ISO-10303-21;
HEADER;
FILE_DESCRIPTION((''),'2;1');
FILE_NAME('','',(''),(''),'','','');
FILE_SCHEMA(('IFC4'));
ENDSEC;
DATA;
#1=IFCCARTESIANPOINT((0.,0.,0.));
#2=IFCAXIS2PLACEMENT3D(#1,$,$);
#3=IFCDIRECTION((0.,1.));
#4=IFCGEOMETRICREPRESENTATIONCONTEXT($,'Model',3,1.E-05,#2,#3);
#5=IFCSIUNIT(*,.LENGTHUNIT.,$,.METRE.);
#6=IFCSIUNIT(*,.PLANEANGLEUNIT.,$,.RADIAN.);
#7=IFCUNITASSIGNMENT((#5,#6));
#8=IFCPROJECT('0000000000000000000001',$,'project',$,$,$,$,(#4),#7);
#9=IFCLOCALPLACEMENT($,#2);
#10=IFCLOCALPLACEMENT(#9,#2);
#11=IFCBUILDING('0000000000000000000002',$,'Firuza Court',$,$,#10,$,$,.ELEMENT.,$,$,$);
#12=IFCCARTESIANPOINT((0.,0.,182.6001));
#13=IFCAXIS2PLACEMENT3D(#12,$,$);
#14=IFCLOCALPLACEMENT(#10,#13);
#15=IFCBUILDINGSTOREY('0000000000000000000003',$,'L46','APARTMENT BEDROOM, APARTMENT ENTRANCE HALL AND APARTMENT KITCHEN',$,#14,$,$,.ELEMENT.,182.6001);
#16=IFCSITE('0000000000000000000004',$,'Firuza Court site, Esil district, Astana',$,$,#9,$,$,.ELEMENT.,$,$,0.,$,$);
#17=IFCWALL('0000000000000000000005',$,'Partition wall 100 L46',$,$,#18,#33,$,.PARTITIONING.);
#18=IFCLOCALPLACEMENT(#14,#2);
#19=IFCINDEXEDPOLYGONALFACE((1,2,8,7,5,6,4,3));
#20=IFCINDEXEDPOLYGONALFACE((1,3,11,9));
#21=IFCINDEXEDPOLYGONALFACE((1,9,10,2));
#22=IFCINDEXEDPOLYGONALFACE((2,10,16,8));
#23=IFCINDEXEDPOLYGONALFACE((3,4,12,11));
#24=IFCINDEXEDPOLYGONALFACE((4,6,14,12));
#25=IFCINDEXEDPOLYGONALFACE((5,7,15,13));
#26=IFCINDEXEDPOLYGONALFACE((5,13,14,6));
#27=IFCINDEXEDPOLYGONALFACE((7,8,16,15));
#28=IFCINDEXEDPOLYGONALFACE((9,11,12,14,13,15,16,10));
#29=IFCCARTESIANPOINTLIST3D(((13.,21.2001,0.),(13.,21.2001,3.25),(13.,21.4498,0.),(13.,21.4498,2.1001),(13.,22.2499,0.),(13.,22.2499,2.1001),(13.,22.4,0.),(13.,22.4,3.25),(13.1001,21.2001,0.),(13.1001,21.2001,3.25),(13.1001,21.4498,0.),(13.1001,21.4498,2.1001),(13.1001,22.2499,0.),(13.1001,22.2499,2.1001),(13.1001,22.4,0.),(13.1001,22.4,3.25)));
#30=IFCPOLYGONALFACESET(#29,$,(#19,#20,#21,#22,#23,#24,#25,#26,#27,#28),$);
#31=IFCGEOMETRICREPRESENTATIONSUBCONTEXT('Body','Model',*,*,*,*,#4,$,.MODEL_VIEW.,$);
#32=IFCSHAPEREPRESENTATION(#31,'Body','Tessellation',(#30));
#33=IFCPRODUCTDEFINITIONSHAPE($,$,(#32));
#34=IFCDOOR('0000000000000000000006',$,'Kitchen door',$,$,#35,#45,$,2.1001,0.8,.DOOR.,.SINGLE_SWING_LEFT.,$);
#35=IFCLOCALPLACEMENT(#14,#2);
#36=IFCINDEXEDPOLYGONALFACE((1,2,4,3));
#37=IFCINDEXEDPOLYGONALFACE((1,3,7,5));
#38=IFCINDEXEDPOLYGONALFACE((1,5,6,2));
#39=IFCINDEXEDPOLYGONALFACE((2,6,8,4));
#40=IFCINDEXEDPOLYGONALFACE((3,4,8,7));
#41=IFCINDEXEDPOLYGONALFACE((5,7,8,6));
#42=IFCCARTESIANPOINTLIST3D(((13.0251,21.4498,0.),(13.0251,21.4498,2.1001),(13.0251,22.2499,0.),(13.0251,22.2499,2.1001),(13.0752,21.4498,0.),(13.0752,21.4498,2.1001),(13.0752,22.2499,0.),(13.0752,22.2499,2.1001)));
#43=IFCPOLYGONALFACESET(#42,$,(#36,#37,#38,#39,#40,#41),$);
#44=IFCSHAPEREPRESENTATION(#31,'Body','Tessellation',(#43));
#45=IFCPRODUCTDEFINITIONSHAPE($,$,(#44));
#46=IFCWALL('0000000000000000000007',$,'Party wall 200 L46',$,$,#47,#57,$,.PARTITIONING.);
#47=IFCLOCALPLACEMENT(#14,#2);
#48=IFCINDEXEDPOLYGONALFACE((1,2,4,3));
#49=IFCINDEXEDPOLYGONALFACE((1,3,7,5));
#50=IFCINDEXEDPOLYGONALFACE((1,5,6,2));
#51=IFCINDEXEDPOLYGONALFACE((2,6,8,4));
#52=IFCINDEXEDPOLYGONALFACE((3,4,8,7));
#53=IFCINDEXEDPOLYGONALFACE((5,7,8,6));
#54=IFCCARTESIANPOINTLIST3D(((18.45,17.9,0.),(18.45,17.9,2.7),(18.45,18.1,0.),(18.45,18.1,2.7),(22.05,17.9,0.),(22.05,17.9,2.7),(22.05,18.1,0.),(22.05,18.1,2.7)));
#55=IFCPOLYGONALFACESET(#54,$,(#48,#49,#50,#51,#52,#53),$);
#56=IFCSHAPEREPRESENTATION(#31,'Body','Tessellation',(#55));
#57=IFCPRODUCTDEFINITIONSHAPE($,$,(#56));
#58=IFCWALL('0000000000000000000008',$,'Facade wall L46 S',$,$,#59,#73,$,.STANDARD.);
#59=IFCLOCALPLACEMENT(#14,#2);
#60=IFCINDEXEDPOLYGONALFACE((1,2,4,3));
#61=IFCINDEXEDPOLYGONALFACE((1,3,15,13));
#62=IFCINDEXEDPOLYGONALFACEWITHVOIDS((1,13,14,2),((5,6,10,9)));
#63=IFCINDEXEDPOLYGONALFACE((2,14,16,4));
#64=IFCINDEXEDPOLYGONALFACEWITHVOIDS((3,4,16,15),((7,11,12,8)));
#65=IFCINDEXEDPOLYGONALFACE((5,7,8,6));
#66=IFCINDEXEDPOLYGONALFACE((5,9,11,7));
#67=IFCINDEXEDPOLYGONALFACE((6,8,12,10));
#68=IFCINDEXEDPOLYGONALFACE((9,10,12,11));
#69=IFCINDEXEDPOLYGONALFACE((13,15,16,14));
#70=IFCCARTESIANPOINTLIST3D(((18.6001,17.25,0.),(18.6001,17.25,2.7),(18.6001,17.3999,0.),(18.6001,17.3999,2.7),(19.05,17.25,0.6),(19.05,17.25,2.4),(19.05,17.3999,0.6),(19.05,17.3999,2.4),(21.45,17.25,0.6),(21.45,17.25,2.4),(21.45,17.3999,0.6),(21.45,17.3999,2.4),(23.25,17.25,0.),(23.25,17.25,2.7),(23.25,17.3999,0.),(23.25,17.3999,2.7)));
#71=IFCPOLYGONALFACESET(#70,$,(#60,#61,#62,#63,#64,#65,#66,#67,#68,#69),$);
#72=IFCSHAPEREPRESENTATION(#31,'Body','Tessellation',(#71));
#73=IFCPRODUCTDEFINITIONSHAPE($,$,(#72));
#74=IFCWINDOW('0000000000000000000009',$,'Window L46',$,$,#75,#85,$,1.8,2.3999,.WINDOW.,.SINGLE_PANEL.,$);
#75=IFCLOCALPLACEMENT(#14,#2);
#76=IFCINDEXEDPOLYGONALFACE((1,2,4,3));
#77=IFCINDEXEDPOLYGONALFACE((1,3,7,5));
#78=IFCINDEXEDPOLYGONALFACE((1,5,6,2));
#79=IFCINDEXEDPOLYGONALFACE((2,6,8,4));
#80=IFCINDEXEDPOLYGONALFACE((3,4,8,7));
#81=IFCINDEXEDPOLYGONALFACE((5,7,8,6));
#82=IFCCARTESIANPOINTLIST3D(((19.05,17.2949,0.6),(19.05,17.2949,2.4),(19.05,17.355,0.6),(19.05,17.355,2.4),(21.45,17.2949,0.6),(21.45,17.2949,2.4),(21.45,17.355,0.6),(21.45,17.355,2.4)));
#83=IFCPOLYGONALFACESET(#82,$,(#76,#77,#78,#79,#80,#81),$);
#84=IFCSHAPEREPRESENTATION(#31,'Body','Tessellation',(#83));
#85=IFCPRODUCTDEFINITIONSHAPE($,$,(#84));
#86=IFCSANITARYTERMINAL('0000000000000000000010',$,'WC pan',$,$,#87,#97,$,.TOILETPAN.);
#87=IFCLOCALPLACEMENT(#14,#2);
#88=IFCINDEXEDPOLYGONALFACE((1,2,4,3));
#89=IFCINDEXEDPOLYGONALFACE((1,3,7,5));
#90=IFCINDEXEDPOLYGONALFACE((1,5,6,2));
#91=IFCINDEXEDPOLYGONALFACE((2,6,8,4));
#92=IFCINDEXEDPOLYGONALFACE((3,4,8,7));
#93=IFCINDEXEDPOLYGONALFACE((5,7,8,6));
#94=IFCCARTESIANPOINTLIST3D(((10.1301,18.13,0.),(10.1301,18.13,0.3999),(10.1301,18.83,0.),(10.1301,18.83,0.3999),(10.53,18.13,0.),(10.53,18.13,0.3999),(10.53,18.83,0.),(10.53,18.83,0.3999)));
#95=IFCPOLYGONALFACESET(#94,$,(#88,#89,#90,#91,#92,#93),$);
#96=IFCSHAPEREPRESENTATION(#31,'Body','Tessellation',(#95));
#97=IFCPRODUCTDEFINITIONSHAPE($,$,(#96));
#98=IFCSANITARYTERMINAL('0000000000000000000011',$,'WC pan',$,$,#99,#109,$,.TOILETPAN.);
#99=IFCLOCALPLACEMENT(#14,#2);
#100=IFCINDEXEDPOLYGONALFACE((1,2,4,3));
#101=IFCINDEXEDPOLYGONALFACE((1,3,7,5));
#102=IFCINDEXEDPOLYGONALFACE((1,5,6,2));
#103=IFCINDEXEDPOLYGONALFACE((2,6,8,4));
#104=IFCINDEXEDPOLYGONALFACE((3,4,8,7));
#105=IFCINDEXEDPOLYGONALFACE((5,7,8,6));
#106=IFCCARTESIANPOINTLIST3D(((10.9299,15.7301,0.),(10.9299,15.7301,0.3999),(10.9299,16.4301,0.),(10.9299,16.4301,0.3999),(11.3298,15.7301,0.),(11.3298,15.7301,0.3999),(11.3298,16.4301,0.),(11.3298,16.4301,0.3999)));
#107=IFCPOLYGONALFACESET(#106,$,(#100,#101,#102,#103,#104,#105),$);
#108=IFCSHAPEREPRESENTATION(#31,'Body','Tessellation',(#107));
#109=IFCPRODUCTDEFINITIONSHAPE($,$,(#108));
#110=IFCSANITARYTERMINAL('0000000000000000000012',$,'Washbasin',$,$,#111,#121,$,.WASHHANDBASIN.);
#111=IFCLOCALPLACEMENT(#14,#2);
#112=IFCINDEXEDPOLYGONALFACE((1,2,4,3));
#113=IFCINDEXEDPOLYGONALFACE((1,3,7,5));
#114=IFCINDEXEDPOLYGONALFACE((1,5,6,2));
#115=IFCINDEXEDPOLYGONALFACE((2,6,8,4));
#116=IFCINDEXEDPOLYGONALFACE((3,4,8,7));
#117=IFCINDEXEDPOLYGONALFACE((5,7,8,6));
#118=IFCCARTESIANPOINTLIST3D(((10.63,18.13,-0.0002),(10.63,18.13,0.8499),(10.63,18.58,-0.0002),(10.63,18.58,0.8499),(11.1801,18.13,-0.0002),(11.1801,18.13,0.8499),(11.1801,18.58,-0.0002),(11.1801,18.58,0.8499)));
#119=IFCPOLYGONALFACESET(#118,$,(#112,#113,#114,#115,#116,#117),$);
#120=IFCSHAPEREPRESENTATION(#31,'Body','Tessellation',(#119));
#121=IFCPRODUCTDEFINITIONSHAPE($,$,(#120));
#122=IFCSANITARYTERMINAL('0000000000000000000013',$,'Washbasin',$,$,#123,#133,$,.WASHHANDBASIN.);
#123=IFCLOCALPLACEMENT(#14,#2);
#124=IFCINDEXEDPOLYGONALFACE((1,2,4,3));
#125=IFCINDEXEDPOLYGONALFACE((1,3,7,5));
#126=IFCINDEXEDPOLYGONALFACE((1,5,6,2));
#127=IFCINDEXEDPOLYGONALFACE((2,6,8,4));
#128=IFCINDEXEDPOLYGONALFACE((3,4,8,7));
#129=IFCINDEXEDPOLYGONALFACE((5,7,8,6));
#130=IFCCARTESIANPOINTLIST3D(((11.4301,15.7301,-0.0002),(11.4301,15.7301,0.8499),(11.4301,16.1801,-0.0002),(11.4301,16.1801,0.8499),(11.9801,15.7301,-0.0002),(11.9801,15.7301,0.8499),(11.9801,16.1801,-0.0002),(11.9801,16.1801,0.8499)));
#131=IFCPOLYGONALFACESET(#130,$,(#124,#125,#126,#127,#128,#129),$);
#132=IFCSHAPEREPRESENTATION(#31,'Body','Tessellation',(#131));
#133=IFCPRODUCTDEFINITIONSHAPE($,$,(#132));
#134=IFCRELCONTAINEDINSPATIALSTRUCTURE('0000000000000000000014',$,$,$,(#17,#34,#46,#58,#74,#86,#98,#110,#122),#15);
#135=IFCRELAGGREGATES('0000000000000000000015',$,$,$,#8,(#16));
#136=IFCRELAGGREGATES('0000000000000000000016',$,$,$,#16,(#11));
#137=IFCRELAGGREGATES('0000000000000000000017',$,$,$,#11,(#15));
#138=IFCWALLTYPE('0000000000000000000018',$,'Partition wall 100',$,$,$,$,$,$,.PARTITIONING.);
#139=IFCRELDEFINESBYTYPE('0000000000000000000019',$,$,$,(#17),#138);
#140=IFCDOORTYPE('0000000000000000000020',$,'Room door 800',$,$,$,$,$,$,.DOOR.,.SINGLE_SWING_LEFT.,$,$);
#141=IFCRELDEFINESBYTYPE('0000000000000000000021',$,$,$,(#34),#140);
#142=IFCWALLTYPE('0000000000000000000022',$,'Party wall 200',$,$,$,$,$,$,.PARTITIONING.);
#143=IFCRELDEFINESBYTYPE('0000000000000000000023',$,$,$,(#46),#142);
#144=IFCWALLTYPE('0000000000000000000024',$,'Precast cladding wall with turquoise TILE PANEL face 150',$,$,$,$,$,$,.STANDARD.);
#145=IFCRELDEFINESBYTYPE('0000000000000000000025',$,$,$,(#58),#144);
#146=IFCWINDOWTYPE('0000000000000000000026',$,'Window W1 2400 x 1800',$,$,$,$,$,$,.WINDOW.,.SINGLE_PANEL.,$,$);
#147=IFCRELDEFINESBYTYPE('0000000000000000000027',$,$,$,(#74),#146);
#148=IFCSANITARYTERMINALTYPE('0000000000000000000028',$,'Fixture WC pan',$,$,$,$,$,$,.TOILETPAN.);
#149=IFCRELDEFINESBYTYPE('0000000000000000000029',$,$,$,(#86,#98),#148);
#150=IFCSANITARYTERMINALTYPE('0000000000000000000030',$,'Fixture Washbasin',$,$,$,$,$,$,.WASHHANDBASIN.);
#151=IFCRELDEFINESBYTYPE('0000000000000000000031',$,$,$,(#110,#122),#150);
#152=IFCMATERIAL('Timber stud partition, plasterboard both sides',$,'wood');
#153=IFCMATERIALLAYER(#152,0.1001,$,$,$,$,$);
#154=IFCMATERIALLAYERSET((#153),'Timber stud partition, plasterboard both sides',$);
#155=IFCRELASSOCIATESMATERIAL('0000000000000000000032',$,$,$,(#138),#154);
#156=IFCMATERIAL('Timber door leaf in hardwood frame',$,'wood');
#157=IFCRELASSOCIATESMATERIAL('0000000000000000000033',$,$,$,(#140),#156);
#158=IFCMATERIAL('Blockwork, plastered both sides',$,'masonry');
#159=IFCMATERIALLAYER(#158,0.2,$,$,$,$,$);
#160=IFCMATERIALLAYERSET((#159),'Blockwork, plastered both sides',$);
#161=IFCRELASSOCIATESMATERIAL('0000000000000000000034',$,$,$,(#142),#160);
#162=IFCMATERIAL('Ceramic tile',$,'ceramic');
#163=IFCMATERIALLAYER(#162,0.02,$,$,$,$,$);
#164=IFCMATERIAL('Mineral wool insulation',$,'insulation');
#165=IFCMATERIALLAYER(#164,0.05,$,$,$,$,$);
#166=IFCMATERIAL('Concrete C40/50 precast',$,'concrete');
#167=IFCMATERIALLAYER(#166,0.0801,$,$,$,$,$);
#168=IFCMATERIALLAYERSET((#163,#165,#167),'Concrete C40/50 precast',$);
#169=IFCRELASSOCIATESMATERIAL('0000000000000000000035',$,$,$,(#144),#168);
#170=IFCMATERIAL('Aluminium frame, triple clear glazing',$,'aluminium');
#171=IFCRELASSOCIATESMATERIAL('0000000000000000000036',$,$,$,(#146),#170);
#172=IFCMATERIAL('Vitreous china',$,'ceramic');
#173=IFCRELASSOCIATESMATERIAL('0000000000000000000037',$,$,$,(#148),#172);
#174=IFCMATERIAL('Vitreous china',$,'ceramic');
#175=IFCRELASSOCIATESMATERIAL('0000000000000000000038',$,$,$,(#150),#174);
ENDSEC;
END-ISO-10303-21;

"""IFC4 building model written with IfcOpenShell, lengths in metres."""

from ifc_helpers import new_model, si_unit, direction, frame, frame_2d, origin, origin_2d, place, context, subcontext, project, spatial, rectangle, extrude, material, layer, layer_set, type_object, element, fill, save


model = new_model("IFC4")

# Units and contexts
model_context = context("Model", 3, precision=1e-05, world=origin(), true_north=direction((0.0, 1.0)))
body_context = subcontext(model_context, "Body", "Model", "MODEL_VIEW")
ifc_project = project(units=[si_unit("LENGTHUNIT", "METRE"), si_unit("PLANEANGLEUNIT", "RADIAN")], contexts=[model_context])

# Site, building, storey
site_placement = place(None, origin())
site = spatial("IfcSite", under=ifc_project, at=site_placement, Name="Firuza Court site, Esil district, Astana", CompositionType="ELEMENT", RefElevation=0.0)
building_placement = place(site_placement, origin())
building = spatial("IfcBuilding", under=site, at=building_placement, Name="Firuza Court", CompositionType="ELEMENT")
storey_placement = place(building_placement, frame((0.0, 0.0, 182.6001)))
storey = spatial("IfcBuildingStorey", under=building, at=storey_placement, Name="L46", Description="APARTMENT BEDROOM, APARTMENT ENTRANCE HALL AND APARTMENT KITCHEN", CompositionType="ELEMENT", Elevation=182.6001)

# Wall, opening, door
ifc_material_1 = material(Name="Timber stud partition, plasterboard both sides", Category="wood")
ifc_layer_1 = layer(ifc_material_1, 0.1001)
ifc_layer_set_1 = layer_set([ifc_layer_1], Name="Timber stud partition, plasterboard both sides")
wall_type_1 = type_object("IfcWallType", Name="Partition wall 100", PredefinedType="PARTITIONING", material=ifc_layer_set_1)
wall_1_placement = place(storey_placement, frame((13.05, 21.2, 0.0), z_axis=(0.0, 0.0, 1.0), x_axis=(0.0, 1.0, 0.0)))
wall_1 = element("IfcWall", 1, at=wall_1_placement, inside=storey, type_object=wall_type_1, Name="Partition wall 100 L46", PredefinedType="PARTITIONING", context=body_context, shape_type="SweptSolid", body=[
    extrude(rectangle(XDim=1.2, YDim=0.1001, at=frame_2d((0.6001, 0.0))), origin(), (0.0, 0.0, 1.0), 3.25),
])
opening_1_placement = place(wall_1_placement, frame((0.25, 0.0, 0.0)))
opening_1 = element("IfcOpeningElement", 2, at=opening_1_placement, cuts=wall_1, PredefinedType="OPENING", context=body_context, shape_type="SweptSolid", body=[
    extrude(rectangle(XDim=0.8, YDim=2.1001, at=frame_2d((0.3999, 1.05))), frame((0.0, 0.062, 0.0), z_axis=(0.0, -1.0, 0.0), x_axis=(1.0, 0.0, 0.0)), (0.0, 0.0, 1.0), 0.124),
])
ifc_material_2 = material(Name="Timber door leaf in hardwood frame", Category="wood")
door_type_1 = type_object("IfcDoorType", Name="Room door 800", OperationType="SINGLE_SWING_LEFT", PredefinedType="DOOR", material=ifc_material_2)
door_1_placement = place(opening_1_placement, origin())
door_1 = element("IfcDoor", 3, at=door_1_placement, inside=storey, type_object=door_type_1, Name="Kitchen door", OperationType="SINGLE_SWING_LEFT", OverallHeight=2.1001, OverallWidth=0.8, PredefinedType="DOOR", context=body_context, shape_type="SweptSolid", body=[
    extrude(rectangle(XDim=0.8, YDim=2.1001, at=frame_2d((0.3999, 1.05))), frame((0.0, 0.0249, 0.0), z_axis=(0.0, -1.0, 0.0), x_axis=(1.0, 0.0, 0.0)), (0.0, 0.0, 1.0), 0.05),
])
fill(opening_1, door_1)

# Wall
ifc_material_3 = material(Name="Blockwork, plastered both sides", Category="masonry")
ifc_layer_2 = layer(ifc_material_3, 0.2)
ifc_layer_set_2 = layer_set([ifc_layer_2], Name="Blockwork, plastered both sides")
wall_type_2 = type_object("IfcWallType", Name="Party wall 200", PredefinedType="PARTITIONING", material=ifc_layer_set_2)
wall_2_placement = place(storey_placement, frame((18.45, 18.0, 0.0), z_axis=(0.0, 0.0, 1.0), x_axis=(1.0, 0.0, 0.0)))
element("IfcWall", 4, at=wall_2_placement, inside=storey, type_object=wall_type_2, Name="Party wall 200 L46", PredefinedType="PARTITIONING", context=body_context, shape_type="SweptSolid", body=[
    extrude(rectangle(XDim=3.6001, YDim=0.2, at=frame_2d((1.8, 0.0))), origin(), (0.0, 0.0, 1.0), 2.7),
])

# Wall, opening, window
ifc_material_4 = material(Name="Ceramic tile", Category="ceramic")
ifc_layer_3 = layer(ifc_material_4, 0.02)
ifc_material_5 = material(Name="Mineral wool insulation", Category="insulation")
ifc_layer_4 = layer(ifc_material_5, 0.05)
ifc_material_6 = material(Name="Concrete C40/50 precast", Category="concrete")
ifc_layer_5 = layer(ifc_material_6, 0.0801)
ifc_layer_set_3 = layer_set([ifc_layer_3, ifc_layer_4, ifc_layer_5], Name="Concrete C40/50 precast")
wall_type_3 = type_object("IfcWallType", Name="Precast cladding wall with turquoise TILE PANEL face 150", PredefinedType="STANDARD", material=ifc_layer_set_3)
wall_3_placement = place(storey_placement, frame((18.6001, 17.325, 0.0), z_axis=(0.0, 0.0, 1.0), x_axis=(1.0, 0.0, 0.0)))
wall_3 = element("IfcWall", 5, at=wall_3_placement, inside=storey, type_object=wall_type_3, Name="Facade wall L46 S", PredefinedType="STANDARD", context=body_context, shape_type="SweptSolid", body=[
    extrude(rectangle(XDim=4.6499, YDim=0.1499, at=frame_2d((2.325, 0.0))), origin(), (0.0, 0.0, 1.0), 2.7),
])
opening_2_placement = place(wall_3_placement, frame((0.45, 0.0, 0.6001)))
opening_2 = element("IfcOpeningElement", 6, at=opening_2_placement, cuts=wall_3, PredefinedType="OPENING", context=body_context, shape_type="SweptSolid", body=[
    extrude(rectangle(XDim=2.3999, YDim=1.8, at=frame_2d((1.2, 0.8999))), frame((0.0, 0.0869, 0.0), z_axis=(0.0, -1.0, 0.0), x_axis=(1.0, 0.0, 0.0)), (0.0, 0.0, 1.0), 0.1738),
])
ifc_material_7 = material(Name="Aluminium frame, triple clear glazing", Category="aluminium")
window_type = type_object("IfcWindowType", Name="Window W1 2400 x 1800", PartitioningType="SINGLE_PANEL", PredefinedType="WINDOW", material=ifc_material_7)
window_placement = place(opening_2_placement, origin())
window = element("IfcWindow", 7, at=window_placement, inside=storey, type_object=window_type, Name="Window L46", OverallHeight=1.8, OverallWidth=2.3999, PartitioningType="SINGLE_PANEL", PredefinedType="WINDOW", context=body_context, shape_type="SweptSolid", body=[
    extrude(rectangle(XDim=2.3999, YDim=1.8, at=frame_2d((1.2, 0.8999))), frame((0.0, 0.03, 0.0), z_axis=(0.0, -1.0, 0.0), x_axis=(1.0, 0.0, 0.0)), (0.0, 0.0, 1.0), 0.0601),
])
fill(opening_2, window)

# Sanitary terminals
ifc_material_8 = material(Name="Vitreous china", Category="ceramic")
sanitary_terminal_type_1 = type_object("IfcSanitaryTerminalType", Name="Fixture WC pan", PredefinedType="TOILETPAN", material=ifc_material_8)
for number, where, z_axis, x_axis, name in (
    (8, (10.3301, 18.48, 0.0), (0.0, 0.0, 1.0), (1.0, 0.0, 0.0), "WC pan"),
    (9, (11.1299, 16.0801, 0.0), (0.0, 0.0, 1.0), (1.0, 0.0, 0.0), "WC pan"),
):
    element("IfcSanitaryTerminal", number, at=place(storey_placement, frame(where, z_axis=z_axis, x_axis=x_axis)), inside=storey, type_object=sanitary_terminal_type_1, Name=name, PredefinedType="TOILETPAN", context=body_context, shape_type="SweptSolid", body=[
        extrude(rectangle(XDim=0.3999, YDim=0.7, at=origin_2d()), origin(), (0.0, 0.0, 1.0), 0.3999),
    ])
ifc_material_9 = material(Name="Vitreous china", Category="ceramic")
sanitary_terminal_type_2 = type_object("IfcSanitaryTerminalType", Name="Fixture Washbasin", PredefinedType="WASHHANDBASIN", material=ifc_material_9)
for number, where, z_axis, x_axis, name in (
    (10, (10.905, 18.355, -0.0002), (0.0, 0.0, 1.0), (1.0, 0.0, 0.0), "Washbasin"),
    (11, (11.7051, 15.9551, -0.0002), (0.0, 0.0, 1.0), (1.0, 0.0, 0.0), "Washbasin"),
):
    element("IfcSanitaryTerminal", number, at=place(storey_placement, frame(where, z_axis=z_axis, x_axis=x_axis)), inside=storey, type_object=sanitary_terminal_type_2, Name=name, PredefinedType="WASHHANDBASIN", context=body_context, shape_type="SweptSolid", body=[
        extrude(rectangle(XDim=0.55, YDim=0.45, at=origin_2d()), origin(), (0.0, 0.0, 1.0), 0.8501),
    ])

save(model, "model.ifc")
